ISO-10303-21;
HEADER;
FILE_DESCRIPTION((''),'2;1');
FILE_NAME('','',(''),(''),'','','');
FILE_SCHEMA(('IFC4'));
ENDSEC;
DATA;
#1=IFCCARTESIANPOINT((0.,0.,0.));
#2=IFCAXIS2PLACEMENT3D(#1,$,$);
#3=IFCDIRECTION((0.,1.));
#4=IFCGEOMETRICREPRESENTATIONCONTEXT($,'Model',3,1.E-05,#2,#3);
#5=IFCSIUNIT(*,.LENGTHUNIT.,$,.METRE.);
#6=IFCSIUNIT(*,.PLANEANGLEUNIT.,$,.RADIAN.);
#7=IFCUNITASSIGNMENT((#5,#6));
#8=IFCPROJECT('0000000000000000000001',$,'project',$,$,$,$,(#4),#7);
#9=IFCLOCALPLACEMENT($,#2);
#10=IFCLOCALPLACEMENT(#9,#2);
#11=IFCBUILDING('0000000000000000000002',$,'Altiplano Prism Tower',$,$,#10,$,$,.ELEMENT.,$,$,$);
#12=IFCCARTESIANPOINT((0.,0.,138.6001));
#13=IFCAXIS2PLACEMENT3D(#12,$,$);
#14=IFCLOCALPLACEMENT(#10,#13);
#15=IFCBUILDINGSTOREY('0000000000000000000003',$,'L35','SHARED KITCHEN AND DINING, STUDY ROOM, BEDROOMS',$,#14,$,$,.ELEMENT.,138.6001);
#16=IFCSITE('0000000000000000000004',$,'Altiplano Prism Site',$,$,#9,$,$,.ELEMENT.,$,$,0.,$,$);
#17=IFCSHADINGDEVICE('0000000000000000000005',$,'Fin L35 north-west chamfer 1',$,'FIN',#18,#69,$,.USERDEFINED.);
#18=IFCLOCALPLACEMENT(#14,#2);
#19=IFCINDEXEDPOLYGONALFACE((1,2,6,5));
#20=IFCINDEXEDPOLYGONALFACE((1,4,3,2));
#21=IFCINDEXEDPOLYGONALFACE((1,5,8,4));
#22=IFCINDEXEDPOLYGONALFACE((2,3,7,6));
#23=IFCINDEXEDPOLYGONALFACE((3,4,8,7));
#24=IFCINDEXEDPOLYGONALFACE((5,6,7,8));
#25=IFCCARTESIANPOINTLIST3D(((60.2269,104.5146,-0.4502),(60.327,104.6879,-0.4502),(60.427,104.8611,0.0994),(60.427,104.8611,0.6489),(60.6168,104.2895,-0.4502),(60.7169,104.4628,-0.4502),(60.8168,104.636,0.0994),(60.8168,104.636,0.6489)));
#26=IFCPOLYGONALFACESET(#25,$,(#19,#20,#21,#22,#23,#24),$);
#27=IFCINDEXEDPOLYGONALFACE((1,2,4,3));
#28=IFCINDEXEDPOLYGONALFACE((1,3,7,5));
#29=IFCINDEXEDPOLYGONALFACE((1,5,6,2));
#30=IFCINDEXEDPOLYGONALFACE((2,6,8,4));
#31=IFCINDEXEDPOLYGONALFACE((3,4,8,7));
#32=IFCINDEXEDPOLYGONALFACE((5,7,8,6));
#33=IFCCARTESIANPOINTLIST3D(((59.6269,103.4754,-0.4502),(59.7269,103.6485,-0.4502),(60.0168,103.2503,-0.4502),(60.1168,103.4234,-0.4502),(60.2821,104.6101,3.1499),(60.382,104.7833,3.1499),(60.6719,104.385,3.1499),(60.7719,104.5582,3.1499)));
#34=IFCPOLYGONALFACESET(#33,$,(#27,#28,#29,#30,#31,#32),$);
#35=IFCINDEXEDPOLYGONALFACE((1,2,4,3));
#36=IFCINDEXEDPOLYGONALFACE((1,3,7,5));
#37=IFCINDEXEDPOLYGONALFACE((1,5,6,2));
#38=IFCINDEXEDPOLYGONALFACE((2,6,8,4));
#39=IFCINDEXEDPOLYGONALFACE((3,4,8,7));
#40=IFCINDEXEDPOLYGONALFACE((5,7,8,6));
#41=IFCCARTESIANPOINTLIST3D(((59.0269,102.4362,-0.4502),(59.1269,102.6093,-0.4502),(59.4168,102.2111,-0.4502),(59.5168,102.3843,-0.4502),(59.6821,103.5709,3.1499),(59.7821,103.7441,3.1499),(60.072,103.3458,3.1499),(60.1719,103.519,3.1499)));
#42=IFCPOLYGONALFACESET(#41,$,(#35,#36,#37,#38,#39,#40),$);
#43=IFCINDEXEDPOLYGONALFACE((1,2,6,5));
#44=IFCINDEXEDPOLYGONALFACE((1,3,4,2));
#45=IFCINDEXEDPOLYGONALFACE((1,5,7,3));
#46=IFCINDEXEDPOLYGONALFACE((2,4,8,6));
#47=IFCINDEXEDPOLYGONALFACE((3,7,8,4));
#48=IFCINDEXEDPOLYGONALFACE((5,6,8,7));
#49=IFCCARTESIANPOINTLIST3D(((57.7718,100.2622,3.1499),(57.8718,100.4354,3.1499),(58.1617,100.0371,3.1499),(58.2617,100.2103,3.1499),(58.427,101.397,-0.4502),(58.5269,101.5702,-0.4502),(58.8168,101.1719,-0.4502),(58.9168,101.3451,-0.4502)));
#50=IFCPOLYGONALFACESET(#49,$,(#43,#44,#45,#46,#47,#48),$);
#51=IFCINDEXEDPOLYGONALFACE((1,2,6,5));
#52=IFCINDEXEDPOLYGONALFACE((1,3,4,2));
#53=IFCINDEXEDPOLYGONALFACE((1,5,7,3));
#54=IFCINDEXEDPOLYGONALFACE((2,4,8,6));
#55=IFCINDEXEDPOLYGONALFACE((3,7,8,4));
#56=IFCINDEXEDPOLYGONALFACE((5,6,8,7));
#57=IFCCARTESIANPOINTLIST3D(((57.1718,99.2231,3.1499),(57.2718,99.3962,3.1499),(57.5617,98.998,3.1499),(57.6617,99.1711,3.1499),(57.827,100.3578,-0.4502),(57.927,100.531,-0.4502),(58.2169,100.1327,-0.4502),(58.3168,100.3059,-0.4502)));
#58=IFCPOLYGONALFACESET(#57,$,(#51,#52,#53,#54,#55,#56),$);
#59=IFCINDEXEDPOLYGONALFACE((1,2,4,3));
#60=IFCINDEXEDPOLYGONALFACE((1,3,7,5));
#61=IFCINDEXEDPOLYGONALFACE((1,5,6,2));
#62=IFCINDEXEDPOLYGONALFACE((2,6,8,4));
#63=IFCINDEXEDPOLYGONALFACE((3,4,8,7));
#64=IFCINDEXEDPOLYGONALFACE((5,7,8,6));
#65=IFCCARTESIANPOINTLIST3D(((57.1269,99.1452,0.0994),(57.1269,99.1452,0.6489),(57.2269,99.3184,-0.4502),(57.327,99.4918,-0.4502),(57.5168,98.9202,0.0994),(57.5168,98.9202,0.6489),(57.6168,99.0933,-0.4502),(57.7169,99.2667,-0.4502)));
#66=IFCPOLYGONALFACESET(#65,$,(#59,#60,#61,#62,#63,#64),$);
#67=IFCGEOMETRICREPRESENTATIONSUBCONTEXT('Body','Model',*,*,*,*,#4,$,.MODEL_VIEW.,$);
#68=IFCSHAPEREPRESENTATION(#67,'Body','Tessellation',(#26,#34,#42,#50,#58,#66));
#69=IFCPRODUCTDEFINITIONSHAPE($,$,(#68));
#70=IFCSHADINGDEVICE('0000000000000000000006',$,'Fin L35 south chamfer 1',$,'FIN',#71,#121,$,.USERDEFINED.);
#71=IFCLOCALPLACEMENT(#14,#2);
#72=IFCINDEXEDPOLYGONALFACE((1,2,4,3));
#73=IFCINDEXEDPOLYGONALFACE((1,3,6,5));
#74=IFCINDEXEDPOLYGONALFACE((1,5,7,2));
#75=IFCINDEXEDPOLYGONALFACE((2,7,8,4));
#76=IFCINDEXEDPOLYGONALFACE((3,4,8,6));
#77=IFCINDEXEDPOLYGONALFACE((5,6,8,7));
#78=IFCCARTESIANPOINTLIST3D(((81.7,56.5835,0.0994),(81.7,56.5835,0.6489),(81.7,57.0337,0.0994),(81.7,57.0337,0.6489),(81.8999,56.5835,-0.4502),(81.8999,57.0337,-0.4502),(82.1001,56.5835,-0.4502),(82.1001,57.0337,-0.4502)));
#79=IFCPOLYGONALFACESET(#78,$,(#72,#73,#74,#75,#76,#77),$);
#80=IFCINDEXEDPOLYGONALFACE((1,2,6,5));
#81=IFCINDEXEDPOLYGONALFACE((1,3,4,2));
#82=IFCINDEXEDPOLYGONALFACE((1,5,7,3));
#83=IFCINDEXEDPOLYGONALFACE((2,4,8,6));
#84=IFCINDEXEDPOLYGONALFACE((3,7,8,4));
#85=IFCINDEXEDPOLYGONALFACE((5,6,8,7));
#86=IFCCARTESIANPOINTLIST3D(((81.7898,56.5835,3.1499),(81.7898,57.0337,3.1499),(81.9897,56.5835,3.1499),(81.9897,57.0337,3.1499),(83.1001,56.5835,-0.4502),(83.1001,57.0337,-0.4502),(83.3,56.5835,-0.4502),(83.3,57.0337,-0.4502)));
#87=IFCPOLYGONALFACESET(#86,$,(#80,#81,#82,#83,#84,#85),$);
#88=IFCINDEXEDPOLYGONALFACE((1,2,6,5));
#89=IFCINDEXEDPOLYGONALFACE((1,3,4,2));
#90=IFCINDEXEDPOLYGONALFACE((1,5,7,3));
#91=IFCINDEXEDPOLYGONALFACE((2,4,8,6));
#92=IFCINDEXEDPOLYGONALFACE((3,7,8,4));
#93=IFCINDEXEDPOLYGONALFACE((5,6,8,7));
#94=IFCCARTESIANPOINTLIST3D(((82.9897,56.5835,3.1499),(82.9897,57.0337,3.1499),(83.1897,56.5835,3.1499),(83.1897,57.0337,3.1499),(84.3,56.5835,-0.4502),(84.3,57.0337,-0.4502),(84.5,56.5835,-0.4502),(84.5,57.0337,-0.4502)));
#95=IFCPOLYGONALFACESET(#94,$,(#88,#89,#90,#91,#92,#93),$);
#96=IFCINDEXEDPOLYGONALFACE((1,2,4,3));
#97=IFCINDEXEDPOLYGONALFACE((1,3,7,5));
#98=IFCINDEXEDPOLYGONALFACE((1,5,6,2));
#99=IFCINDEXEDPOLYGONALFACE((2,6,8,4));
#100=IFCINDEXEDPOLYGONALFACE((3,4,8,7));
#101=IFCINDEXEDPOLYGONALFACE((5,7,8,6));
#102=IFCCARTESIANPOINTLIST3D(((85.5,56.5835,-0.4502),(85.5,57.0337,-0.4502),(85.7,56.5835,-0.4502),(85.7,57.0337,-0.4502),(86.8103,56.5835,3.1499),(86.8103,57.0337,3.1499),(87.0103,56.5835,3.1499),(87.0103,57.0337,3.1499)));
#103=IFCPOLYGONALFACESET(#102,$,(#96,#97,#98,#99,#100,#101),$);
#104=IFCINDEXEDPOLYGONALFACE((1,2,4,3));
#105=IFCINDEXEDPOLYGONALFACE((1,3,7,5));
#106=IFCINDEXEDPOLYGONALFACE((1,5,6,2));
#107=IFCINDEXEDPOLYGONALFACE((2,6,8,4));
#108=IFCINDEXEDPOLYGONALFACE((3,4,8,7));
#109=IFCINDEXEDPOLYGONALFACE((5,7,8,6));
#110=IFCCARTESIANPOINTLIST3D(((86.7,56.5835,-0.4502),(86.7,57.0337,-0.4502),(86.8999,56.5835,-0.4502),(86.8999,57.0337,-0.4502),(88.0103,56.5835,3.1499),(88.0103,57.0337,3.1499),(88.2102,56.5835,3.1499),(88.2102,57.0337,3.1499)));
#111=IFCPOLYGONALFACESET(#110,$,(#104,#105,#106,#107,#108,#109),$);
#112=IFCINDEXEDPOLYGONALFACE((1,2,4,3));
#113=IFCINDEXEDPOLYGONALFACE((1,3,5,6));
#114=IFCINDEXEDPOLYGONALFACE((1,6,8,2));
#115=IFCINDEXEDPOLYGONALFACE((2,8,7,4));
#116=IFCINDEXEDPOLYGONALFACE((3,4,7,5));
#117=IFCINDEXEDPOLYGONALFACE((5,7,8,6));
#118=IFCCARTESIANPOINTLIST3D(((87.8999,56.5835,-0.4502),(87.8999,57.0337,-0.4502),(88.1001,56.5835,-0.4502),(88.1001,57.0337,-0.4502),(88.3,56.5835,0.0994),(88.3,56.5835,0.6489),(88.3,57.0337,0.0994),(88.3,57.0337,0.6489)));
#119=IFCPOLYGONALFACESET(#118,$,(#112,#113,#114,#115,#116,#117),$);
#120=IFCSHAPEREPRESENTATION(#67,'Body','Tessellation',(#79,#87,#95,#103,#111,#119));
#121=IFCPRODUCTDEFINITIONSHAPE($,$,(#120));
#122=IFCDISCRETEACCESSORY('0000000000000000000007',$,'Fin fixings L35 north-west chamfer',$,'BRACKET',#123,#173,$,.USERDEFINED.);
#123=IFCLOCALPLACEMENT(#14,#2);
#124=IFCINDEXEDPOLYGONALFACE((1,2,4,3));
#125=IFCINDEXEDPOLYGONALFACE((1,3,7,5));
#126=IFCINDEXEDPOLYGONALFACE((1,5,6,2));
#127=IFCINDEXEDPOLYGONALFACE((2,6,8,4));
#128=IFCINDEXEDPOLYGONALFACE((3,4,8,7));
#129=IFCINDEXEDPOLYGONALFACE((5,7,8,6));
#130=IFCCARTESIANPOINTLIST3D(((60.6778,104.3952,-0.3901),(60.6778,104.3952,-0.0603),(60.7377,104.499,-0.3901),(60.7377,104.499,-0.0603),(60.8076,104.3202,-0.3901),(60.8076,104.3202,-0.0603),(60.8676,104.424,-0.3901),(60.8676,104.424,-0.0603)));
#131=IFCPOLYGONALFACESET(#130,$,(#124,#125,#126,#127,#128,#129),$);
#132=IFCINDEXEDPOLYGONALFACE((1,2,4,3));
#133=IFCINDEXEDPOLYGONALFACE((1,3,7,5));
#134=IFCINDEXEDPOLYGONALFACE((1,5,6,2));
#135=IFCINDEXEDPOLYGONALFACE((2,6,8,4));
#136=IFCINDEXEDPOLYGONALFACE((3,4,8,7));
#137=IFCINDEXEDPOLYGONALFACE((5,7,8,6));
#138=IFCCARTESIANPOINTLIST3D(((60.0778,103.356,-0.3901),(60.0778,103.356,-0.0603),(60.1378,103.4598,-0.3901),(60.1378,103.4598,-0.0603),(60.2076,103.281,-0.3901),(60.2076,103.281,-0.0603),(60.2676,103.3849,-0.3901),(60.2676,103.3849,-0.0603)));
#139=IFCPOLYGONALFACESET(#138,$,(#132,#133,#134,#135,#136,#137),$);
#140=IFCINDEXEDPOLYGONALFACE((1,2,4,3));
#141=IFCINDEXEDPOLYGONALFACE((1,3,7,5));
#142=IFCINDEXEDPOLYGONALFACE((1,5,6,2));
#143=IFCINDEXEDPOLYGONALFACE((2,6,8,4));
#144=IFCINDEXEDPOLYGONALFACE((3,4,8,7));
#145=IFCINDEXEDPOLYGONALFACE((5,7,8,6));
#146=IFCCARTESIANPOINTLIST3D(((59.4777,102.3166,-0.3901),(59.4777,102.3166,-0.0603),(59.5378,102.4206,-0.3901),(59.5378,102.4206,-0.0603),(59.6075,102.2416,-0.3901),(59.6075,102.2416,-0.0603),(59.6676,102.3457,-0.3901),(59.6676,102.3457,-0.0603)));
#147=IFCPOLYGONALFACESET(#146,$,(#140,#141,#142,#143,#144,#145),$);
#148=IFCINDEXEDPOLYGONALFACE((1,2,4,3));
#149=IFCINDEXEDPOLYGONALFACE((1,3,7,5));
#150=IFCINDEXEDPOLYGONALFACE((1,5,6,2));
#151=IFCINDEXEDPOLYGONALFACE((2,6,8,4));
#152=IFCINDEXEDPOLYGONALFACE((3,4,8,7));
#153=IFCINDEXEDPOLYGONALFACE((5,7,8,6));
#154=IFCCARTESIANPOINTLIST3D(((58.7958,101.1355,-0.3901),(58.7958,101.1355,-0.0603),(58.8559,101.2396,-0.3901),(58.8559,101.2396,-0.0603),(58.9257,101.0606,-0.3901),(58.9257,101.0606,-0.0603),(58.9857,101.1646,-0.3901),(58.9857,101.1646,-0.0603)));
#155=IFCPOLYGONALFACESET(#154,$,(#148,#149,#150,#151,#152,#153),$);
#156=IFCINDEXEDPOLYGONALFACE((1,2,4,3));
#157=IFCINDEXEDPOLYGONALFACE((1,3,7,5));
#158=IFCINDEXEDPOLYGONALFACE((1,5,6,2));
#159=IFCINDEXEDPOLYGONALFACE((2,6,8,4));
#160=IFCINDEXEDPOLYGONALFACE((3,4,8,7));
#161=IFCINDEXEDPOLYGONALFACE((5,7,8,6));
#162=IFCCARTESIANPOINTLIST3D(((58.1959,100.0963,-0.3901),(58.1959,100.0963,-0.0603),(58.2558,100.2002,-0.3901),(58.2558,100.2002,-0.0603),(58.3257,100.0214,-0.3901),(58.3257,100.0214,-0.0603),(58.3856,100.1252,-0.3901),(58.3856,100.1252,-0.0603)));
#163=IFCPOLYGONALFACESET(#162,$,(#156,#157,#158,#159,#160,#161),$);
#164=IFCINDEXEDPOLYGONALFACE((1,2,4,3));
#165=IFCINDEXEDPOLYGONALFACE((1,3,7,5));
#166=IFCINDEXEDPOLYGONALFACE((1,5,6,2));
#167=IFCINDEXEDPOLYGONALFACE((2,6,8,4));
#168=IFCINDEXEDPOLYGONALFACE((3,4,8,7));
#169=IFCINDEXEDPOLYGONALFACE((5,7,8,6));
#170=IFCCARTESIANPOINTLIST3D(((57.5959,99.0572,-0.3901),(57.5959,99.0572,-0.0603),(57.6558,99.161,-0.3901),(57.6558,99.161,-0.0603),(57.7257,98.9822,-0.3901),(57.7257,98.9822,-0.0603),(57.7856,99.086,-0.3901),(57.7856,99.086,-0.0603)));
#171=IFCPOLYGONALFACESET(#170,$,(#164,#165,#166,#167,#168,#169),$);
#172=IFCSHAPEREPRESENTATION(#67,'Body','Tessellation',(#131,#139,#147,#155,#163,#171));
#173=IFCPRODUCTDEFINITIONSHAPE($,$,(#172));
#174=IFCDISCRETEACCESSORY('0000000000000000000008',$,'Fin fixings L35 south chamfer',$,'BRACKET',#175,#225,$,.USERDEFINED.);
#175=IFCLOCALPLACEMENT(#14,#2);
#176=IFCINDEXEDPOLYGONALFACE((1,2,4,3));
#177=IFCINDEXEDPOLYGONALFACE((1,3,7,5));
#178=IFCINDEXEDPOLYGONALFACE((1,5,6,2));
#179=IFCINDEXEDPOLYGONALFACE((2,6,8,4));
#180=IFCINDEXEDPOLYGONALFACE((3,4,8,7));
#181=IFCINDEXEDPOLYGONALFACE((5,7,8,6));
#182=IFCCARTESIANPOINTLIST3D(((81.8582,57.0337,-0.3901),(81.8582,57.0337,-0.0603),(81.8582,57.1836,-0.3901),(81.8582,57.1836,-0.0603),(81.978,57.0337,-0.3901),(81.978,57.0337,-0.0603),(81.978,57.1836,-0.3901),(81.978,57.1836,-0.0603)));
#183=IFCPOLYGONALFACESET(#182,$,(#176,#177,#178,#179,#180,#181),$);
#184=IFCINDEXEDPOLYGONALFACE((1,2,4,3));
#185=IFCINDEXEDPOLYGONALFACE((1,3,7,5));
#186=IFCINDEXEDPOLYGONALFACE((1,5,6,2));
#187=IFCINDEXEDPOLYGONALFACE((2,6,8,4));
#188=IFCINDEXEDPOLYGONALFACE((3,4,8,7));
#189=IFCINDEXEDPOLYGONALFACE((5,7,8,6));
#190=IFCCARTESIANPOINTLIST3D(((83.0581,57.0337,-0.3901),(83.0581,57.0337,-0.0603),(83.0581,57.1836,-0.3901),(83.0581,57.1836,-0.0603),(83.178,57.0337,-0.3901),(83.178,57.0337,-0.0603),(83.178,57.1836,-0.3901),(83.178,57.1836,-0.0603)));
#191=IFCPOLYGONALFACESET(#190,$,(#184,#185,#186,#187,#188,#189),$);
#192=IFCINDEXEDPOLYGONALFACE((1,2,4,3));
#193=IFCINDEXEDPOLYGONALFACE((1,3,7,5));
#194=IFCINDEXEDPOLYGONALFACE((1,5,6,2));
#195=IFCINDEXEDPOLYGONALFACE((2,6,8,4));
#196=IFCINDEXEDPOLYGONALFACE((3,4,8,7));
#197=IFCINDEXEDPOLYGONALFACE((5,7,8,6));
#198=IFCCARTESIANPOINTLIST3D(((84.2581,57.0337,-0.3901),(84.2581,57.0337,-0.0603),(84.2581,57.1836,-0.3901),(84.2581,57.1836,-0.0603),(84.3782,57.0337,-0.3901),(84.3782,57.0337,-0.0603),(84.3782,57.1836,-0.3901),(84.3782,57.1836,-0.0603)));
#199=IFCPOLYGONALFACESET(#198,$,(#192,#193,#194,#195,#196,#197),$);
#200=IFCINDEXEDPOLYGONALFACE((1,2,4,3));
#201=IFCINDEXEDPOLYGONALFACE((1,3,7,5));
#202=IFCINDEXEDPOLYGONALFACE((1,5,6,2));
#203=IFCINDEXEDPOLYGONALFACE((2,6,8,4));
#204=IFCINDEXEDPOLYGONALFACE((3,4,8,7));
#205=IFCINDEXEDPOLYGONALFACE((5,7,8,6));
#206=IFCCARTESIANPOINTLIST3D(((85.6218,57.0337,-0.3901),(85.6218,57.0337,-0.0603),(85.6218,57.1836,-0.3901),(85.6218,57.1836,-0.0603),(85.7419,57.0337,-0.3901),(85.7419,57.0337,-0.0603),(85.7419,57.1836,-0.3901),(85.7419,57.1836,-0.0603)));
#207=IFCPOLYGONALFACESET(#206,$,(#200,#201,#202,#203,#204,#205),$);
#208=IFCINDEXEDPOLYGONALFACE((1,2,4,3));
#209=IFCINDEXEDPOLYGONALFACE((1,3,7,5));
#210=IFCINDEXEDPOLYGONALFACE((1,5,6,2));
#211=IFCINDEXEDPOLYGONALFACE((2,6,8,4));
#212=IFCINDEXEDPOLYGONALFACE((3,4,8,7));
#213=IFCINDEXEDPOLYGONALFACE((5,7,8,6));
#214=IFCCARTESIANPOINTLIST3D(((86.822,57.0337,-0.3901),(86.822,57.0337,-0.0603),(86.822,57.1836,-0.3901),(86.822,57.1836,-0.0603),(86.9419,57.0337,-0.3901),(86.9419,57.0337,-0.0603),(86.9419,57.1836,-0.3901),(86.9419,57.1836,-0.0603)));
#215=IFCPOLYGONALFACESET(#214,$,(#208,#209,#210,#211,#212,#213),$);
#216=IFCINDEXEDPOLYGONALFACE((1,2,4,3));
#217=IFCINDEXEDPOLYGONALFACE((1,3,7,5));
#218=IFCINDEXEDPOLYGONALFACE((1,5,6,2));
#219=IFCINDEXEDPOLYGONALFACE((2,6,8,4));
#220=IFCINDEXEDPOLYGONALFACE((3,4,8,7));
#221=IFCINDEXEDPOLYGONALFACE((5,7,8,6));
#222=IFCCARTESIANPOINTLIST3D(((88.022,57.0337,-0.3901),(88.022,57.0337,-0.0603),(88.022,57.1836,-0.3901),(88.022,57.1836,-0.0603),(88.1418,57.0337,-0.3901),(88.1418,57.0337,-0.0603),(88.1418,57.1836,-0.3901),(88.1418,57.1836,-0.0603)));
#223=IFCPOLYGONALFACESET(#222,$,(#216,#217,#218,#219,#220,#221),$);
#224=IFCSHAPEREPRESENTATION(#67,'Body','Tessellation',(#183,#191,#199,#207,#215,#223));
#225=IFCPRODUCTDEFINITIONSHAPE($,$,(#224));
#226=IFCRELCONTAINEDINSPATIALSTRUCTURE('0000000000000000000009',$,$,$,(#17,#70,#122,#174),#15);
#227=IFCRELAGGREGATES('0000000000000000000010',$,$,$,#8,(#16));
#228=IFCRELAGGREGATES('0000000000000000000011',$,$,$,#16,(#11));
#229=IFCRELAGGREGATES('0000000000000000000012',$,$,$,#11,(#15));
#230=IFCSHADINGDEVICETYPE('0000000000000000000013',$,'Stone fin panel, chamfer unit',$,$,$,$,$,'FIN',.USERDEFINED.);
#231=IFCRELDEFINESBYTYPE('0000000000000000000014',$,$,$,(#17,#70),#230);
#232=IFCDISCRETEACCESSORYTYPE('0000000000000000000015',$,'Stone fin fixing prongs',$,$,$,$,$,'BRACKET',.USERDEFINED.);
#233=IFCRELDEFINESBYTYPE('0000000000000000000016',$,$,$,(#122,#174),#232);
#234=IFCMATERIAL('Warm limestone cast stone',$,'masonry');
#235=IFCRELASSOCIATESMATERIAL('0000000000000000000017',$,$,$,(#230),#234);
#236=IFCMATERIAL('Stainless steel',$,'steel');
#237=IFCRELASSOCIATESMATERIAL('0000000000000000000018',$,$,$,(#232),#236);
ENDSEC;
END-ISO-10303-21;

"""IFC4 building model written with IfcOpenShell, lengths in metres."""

from ifc_helpers import new_model, si_unit, direction, frame, origin, place, context, subcontext, project, spatial, polyline, outline, extrude, source, transform, mapped, material, type_object, element, save


model = new_model("IFC4")

# Units and contexts
model_context = context("Model", 3, precision=1e-05, world=origin(), true_north=direction((0.0, 1.0)))
body_context = subcontext(model_context, "Body", "Model", "MODEL_VIEW")
ifc_project = project(units=[si_unit("LENGTHUNIT", "METRE"), si_unit("PLANEANGLEUNIT", "RADIAN")], contexts=[model_context])

# Site, building, storey
site_placement = place(None, origin())
site = spatial("IfcSite", under=ifc_project, at=site_placement, Name="Altiplano Prism Site", CompositionType="ELEMENT", RefElevation=0.0)
building_placement = place(site_placement, origin())
building = spatial("IfcBuilding", under=site, at=building_placement, Name="Altiplano Prism Tower", CompositionType="ELEMENT")
storey_placement = place(building_placement, frame((0.0, 0.0, 138.6001)))
storey = spatial("IfcBuildingStorey", under=building, at=storey_placement, Name="L35", Description="SHARED KITCHEN AND DINING, STUDY ROOM, BEDROOMS", CompositionType="ELEMENT", Elevation=138.6001)

# Shading devices
ifc_material_1 = material(Name="Warm limestone cast stone", Category="masonry")
shading_device_type_1 = type_object("IfcShadingDeviceType", Name="Stone fin panel, chamfer unit", ElementType="FIN", PredefinedType="USERDEFINED", material=ifc_material_1)
shared_shape_1 = source(origin(), body_context, "Body", "SweptSolid", [
    extrude(outline(polyline([(-3.3, 1.0991), (-3.3, 0.5496), (-3.1001, 0.0), (-2.8999, 0.0), (-3.3, 1.0991)])), frame((0.0, -0.1499, 0.0), z_axis=(0.0, -1.0, 0.0), x_axis=(1.0, 0.0, 0.0)), (0.0, 0.0, 1.0), 0.4502),
    extrude(outline(polyline([(-3.2102, 3.6001), (-1.8999, 0.0), (-1.7, 0.0), (-3.0103, 3.6001), (-3.2102, 3.6001)])), frame((0.0, -0.1499, 0.0), z_axis=(0.0, -1.0, 0.0), x_axis=(1.0, 0.0, 0.0)), (0.0, 0.0, 1.0), 0.4502),
    extrude(outline(polyline([(-2.0103, 3.6001), (-0.7, 0.0), (-0.5, 0.0), (-1.8103, 3.6001), (-2.0103, 3.6001)])), frame((0.0, -0.1499, 0.0), z_axis=(0.0, -1.0, 0.0), x_axis=(1.0, 0.0, 0.0)), (0.0, 0.0, 1.0), 0.4502),
    extrude(outline(polyline([(1.8103, 3.6001), (0.5, 0.0), (0.7, 0.0), (2.0103, 3.6001), (1.8103, 3.6001)])), frame((0.0, -0.1499, 0.0), z_axis=(0.0, -1.0, 0.0), x_axis=(1.0, 0.0, 0.0)), (0.0, 0.0, 1.0), 0.4502),
    extrude(outline(polyline([(3.0103, 3.6001), (1.7, 0.0), (1.8999, 0.0), (3.2102, 3.6001), (3.0103, 3.6001)])), frame((0.0, -0.1499, 0.0), z_axis=(0.0, -1.0, 0.0), x_axis=(1.0, 0.0, 0.0)), (0.0, 0.0, 1.0), 0.4502),
    extrude(outline(polyline([(3.3, 0.5496), (3.3, 1.0991), (2.8999, 0.0), (3.1001, 0.0), (3.3, 0.5496)])), frame((0.0, -0.1499, 0.0), z_axis=(0.0, -1.0, 0.0), x_axis=(1.0, 0.0, 0.0)), (0.0, 0.0, 1.0), 0.4502),
])
shading_device_1_placement = place(storey_placement, origin())
element("IfcShadingDevice", 1, at=shading_device_1_placement, inside=storey, type_object=shading_device_type_1, Name="Fin L35 north-west chamfer 1", ObjectType="FIN", PredefinedType="USERDEFINED", context=body_context, shape_type="MappedRepresentation", body=[
    mapped(shared_shape_1, transform((59.2966, 101.7031, -0.4502), x_axis=(-0.5, -0.866025, 0.0), y_axis=(0.866025, -0.5, 0.0), z_axis=(0.0, 0.0, 1.0))),
])
shading_device_2_placement = place(storey_placement, origin())
element("IfcShadingDevice", 2, at=shading_device_2_placement, inside=storey, type_object=shading_device_type_1, Name="Fin L35 south chamfer 1", ObjectType="FIN", PredefinedType="USERDEFINED", context=body_context, shape_type="MappedRepresentation", body=[
    mapped(shared_shape_1, transform((85.0, 57.1836, -0.4502), x_axis=(1.0, 0.0, 0.0), y_axis=(0.0, 1.0, 0.0), z_axis=(0.0, 0.0, 1.0))),
])

# Discrete accessories
ifc_material_2 = material(Name="Stainless steel", Category="steel")
discrete_accessory_type = type_object("IfcDiscreteAccessoryType", Name="Stone fin fixing prongs", ElementType="BRACKET", PredefinedType="USERDEFINED", material=ifc_material_2)
shared_shape_2 = source(origin(), body_context, "Body", "SweptSolid", [
    extrude(outline(polyline([(-3.1418, 0.0601), (-3.022, 0.0601), (-3.022, 0.3899), (-3.1418, 0.3899), (-3.1418, 0.0601)])), frame((0.0, 0.0, 0.0), z_axis=(0.0, -1.0, 0.0), x_axis=(1.0, 0.0, 0.0)), (0.0, 0.0, 1.0), 0.1499),
    extrude(outline(polyline([(-1.9419, 0.0601), (-1.822, 0.0601), (-1.822, 0.3899), (-1.9419, 0.3899), (-1.9419, 0.0601)])), frame((0.0, 0.0, 0.0), z_axis=(0.0, -1.0, 0.0), x_axis=(1.0, 0.0, 0.0)), (0.0, 0.0, 1.0), 0.1499),
    extrude(outline(polyline([(-0.7419, 0.0601), (-0.6218, 0.0601), (-0.6218, 0.3899), (-0.7419, 0.3899), (-0.7419, 0.0601)])), frame((0.0, 0.0, 0.0), z_axis=(0.0, -1.0, 0.0), x_axis=(1.0, 0.0, 0.0)), (0.0, 0.0, 1.0), 0.1499),
    extrude(outline(polyline([(0.6218, 0.0601), (0.7419, 0.0601), (0.7419, 0.3899), (0.6218, 0.3899), (0.6218, 0.0601)])), frame((0.0, 0.0, 0.0), z_axis=(0.0, -1.0, 0.0), x_axis=(1.0, 0.0, 0.0)), (0.0, 0.0, 1.0), 0.1499),
    extrude(outline(polyline([(1.822, 0.0601), (1.9419, 0.0601), (1.9419, 0.3899), (1.822, 0.3899), (1.822, 0.0601)])), frame((0.0, 0.0, 0.0), z_axis=(0.0, -1.0, 0.0), x_axis=(1.0, 0.0, 0.0)), (0.0, 0.0, 1.0), 0.1499),
    extrude(outline(polyline([(3.022, 0.0601), (3.1418, 0.0601), (3.1418, 0.3899), (3.022, 0.3899), (3.022, 0.0601)])), frame((0.0, 0.0, 0.0), z_axis=(0.0, -1.0, 0.0), x_axis=(1.0, 0.0, 0.0)), (0.0, 0.0, 1.0), 0.1499),
])
discrete_accessory_1_placement = place(storey_placement, origin())
element("IfcDiscreteAccessory", 3, at=discrete_accessory_1_placement, inside=storey, type_object=discrete_accessory_type, Name="Fin fixings L35 north-west chamfer", ObjectType="BRACKET", PredefinedType="USERDEFINED", context=body_context, shape_type="MappedRepresentation", body=[
    mapped(shared_shape_2, transform((59.2966, 101.7031, -0.4502), x_axis=(-0.5, -0.866025, 0.0), y_axis=(0.866025, -0.5, 0.0), z_axis=(0.0, 0.0, 1.0))),
])
discrete_accessory_2_placement = place(storey_placement, origin())
element("IfcDiscreteAccessory", 4, at=discrete_accessory_2_placement, inside=storey, type_object=discrete_accessory_type, Name="Fin fixings L35 south chamfer", ObjectType="BRACKET", PredefinedType="USERDEFINED", context=body_context, shape_type="MappedRepresentation", body=[
    mapped(shared_shape_2, transform((85.0, 57.1836, -0.4502), x_axis=(1.0, 0.0, 0.0), y_axis=(0.0, 1.0, 0.0), z_axis=(0.0, 0.0, 1.0))),
])

save(model, "model.ifc")
